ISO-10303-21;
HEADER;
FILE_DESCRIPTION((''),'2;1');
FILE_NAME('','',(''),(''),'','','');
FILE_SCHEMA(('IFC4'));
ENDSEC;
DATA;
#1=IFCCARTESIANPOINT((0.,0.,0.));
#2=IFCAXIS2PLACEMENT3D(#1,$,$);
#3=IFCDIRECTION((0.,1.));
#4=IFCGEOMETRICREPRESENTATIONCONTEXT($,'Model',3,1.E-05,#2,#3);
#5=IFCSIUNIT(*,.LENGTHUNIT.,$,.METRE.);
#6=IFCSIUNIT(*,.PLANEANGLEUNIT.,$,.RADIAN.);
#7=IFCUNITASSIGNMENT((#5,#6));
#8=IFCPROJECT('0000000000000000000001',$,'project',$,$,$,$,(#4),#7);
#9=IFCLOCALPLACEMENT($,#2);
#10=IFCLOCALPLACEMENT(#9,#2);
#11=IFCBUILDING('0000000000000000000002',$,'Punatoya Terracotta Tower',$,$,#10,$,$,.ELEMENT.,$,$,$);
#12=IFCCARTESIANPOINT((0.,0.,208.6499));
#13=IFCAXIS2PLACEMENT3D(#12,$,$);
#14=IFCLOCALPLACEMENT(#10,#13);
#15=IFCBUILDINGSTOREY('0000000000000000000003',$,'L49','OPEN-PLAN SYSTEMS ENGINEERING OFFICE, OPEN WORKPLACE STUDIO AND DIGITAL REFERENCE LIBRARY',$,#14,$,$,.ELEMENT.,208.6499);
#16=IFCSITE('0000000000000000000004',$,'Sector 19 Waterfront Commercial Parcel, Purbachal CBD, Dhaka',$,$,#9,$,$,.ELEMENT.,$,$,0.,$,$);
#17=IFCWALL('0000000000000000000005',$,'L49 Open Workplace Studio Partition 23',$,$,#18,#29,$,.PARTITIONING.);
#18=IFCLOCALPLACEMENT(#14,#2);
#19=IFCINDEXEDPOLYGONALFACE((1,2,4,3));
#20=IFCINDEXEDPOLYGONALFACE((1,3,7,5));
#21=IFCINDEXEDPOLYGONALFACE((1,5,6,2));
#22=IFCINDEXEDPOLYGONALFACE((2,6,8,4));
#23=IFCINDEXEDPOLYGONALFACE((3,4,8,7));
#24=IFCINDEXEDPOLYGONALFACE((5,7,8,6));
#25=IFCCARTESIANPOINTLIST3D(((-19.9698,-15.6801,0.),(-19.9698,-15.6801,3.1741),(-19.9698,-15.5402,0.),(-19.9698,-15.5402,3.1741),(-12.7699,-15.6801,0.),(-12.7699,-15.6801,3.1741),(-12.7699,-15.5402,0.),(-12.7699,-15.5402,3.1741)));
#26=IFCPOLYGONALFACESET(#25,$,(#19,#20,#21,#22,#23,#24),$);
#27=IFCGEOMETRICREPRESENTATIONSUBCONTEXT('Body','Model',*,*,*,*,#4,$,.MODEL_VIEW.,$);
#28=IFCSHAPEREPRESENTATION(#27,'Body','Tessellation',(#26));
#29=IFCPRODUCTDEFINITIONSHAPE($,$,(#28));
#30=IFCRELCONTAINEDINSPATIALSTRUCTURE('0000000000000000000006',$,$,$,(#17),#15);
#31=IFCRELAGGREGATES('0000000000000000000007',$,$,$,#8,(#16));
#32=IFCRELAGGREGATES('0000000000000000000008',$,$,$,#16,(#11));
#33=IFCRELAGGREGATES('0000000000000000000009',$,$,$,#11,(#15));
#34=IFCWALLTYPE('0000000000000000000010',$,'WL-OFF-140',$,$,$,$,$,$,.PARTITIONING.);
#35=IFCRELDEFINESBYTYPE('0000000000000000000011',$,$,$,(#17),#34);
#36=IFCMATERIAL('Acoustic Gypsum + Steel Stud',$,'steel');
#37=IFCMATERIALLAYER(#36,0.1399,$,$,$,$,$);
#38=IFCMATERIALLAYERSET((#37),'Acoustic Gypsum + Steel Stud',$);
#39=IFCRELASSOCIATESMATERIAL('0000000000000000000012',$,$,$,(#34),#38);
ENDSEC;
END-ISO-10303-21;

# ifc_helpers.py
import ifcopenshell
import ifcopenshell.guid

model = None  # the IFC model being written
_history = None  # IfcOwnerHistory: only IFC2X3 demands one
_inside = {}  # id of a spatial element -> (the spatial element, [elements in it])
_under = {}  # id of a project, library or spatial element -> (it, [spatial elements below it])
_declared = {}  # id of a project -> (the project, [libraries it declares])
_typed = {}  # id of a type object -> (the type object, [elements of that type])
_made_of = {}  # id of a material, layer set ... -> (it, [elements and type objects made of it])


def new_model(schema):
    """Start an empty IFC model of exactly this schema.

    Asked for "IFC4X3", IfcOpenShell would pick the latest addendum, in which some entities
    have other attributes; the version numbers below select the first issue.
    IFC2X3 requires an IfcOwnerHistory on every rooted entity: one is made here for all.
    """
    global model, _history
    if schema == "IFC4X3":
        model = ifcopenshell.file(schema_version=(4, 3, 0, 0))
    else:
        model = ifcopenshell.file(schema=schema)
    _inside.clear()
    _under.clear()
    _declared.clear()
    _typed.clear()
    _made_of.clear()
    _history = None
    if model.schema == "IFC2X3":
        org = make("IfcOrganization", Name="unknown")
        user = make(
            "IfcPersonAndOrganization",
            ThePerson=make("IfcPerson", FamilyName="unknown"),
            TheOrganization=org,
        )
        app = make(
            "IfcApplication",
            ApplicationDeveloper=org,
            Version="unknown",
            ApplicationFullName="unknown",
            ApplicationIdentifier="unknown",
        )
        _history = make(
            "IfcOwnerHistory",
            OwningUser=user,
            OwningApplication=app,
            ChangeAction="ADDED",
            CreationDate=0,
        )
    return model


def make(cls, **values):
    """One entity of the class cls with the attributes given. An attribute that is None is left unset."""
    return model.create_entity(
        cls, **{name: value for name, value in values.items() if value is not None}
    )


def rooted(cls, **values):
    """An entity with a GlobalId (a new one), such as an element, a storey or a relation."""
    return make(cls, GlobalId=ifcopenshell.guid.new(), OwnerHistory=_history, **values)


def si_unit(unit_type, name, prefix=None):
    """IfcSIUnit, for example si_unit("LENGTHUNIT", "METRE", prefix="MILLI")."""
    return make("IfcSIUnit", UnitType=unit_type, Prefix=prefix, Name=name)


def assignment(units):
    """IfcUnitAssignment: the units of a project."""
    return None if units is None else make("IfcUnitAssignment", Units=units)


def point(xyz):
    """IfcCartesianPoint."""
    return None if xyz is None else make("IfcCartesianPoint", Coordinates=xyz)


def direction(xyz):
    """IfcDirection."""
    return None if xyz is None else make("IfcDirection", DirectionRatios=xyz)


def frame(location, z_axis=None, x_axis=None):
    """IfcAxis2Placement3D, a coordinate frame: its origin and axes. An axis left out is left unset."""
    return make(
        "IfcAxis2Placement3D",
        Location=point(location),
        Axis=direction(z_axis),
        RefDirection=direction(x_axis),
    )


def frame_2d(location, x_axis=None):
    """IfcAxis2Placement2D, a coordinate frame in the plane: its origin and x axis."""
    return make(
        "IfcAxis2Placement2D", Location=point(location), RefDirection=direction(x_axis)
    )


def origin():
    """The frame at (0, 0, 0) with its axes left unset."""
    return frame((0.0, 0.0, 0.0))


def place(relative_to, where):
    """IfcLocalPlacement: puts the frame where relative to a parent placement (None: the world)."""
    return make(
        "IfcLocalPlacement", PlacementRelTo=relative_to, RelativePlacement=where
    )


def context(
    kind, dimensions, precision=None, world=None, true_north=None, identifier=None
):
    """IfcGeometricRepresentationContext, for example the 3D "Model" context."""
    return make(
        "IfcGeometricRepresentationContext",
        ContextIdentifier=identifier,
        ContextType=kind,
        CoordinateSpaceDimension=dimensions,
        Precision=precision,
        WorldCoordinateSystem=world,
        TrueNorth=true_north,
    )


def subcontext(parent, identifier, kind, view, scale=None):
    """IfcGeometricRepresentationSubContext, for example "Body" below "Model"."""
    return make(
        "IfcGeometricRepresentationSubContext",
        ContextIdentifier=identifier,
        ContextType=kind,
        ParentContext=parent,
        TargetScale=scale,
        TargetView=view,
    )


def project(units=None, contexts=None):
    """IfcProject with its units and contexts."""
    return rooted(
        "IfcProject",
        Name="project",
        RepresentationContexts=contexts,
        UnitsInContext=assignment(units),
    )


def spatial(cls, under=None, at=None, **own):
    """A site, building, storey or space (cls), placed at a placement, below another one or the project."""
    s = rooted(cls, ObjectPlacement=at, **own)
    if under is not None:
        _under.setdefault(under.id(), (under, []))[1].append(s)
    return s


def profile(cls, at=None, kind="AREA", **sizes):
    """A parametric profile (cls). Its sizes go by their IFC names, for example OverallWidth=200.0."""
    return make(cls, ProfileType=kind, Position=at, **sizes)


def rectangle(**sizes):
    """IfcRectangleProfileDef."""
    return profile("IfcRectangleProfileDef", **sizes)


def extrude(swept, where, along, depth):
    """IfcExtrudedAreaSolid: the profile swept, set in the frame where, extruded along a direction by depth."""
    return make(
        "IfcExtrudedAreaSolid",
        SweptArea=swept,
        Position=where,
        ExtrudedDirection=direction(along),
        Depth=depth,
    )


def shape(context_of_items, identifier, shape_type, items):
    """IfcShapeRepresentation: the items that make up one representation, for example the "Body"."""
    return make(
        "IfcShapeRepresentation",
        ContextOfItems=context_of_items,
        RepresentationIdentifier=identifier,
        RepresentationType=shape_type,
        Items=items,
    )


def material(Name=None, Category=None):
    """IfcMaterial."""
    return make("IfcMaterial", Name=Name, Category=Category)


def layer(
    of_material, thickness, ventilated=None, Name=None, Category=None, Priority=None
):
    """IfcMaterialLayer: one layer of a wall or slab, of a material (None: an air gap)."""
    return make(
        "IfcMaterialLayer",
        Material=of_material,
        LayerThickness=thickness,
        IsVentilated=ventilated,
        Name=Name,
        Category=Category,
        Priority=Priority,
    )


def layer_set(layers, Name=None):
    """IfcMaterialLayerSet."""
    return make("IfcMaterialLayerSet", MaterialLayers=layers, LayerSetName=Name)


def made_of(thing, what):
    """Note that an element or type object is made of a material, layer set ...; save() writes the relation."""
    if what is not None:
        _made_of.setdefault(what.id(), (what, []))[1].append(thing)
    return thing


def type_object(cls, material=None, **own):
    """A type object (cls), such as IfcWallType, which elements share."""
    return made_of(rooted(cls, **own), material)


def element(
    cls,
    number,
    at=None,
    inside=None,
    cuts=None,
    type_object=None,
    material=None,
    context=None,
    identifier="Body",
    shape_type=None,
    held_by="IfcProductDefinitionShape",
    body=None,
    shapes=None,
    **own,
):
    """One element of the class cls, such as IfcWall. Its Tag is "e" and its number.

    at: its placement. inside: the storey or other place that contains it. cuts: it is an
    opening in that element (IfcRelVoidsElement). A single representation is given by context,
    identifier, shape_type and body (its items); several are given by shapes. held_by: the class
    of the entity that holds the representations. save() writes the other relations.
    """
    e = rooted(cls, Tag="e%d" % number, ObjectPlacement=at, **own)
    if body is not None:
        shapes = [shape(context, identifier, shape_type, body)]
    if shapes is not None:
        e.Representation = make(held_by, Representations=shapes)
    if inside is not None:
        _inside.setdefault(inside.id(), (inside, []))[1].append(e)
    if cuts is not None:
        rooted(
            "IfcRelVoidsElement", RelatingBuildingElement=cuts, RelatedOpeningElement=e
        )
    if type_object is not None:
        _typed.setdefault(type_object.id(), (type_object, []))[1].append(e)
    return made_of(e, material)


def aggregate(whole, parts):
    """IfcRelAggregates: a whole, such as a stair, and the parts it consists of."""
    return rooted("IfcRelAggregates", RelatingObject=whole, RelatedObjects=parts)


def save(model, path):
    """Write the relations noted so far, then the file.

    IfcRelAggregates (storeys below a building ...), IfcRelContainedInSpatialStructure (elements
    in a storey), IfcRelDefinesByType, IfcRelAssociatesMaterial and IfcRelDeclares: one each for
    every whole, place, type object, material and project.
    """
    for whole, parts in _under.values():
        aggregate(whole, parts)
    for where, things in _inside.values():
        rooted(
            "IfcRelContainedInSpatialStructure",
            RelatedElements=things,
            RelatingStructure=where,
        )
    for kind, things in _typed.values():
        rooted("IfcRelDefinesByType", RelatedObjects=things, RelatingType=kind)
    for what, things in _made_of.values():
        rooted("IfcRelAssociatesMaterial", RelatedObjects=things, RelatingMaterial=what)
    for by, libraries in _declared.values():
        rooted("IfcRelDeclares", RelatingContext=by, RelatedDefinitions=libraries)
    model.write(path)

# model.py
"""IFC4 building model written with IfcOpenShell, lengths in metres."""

from ifc_helpers import new_model, si_unit, direction, frame, frame_2d, origin, place, context, subcontext, project, spatial, rectangle, extrude, material, layer, layer_set, type_object, element, save


model = new_model("IFC4")

# Units and contexts
model_context = context("Model", 3, precision=1e-05, world=origin(), true_north=direction((0.0, 1.0)))
body_context = subcontext(model_context, "Body", "Model", "MODEL_VIEW")
ifc_project = project(units=[si_unit("LENGTHUNIT", "METRE"), si_unit("PLANEANGLEUNIT", "RADIAN")], contexts=[model_context])

# Site, building, storey
site_placement = place(None, origin())
site = spatial("IfcSite", under=ifc_project, at=site_placement, Name="Sector 19 Waterfront Commercial Parcel, Purbachal CBD, Dhaka", CompositionType="ELEMENT", RefElevation=0.0)
building_placement = place(site_placement, origin())
building = spatial("IfcBuilding", under=site, at=building_placement, Name="Punatoya Terracotta Tower", CompositionType="ELEMENT")
storey_placement = place(building_placement, frame((0.0, 0.0, 208.6499)))
storey = spatial("IfcBuildingStorey", under=building, at=storey_placement, Name="L49", Description="OPEN-PLAN SYSTEMS ENGINEERING OFFICE, OPEN WORKPLACE STUDIO AND DIGITAL REFERENCE LIBRARY", CompositionType="ELEMENT", Elevation=208.6499)

# Wall
ifc_material_1 = material(Name="Acoustic Gypsum + Steel Stud", Category="steel")
ifc_layer_1 = layer(ifc_material_1, 0.1399)
ifc_layer_set_1 = layer_set([ifc_layer_1], Name="Acoustic Gypsum + Steel Stud")
wall_type_1 = type_object("IfcWallType", Name="WL-OFF-140", PredefinedType="PARTITIONING", material=ifc_layer_set_1)
wall_1_placement = place(storey_placement, frame((-19.97, -15.6101, 0.0), z_axis=(0.0, 0.0, 1.0), x_axis=(1.0, 0.0, 0.0)))
element("IfcWall", 1, at=wall_1_placement, inside=storey, type_object=wall_type_1, Name="L49 Open Workplace Studio Partition 23", PredefinedType="PARTITIONING", context=body_context, shape_type="SweptSolid", body=[
    extrude(rectangle(XDim=7.2, YDim=0.1399, at=frame_2d((3.6001, 0.0))), origin(), (0.0, 0.0, 1.0), 3.1741),
])

save(model, "model.ifc")
